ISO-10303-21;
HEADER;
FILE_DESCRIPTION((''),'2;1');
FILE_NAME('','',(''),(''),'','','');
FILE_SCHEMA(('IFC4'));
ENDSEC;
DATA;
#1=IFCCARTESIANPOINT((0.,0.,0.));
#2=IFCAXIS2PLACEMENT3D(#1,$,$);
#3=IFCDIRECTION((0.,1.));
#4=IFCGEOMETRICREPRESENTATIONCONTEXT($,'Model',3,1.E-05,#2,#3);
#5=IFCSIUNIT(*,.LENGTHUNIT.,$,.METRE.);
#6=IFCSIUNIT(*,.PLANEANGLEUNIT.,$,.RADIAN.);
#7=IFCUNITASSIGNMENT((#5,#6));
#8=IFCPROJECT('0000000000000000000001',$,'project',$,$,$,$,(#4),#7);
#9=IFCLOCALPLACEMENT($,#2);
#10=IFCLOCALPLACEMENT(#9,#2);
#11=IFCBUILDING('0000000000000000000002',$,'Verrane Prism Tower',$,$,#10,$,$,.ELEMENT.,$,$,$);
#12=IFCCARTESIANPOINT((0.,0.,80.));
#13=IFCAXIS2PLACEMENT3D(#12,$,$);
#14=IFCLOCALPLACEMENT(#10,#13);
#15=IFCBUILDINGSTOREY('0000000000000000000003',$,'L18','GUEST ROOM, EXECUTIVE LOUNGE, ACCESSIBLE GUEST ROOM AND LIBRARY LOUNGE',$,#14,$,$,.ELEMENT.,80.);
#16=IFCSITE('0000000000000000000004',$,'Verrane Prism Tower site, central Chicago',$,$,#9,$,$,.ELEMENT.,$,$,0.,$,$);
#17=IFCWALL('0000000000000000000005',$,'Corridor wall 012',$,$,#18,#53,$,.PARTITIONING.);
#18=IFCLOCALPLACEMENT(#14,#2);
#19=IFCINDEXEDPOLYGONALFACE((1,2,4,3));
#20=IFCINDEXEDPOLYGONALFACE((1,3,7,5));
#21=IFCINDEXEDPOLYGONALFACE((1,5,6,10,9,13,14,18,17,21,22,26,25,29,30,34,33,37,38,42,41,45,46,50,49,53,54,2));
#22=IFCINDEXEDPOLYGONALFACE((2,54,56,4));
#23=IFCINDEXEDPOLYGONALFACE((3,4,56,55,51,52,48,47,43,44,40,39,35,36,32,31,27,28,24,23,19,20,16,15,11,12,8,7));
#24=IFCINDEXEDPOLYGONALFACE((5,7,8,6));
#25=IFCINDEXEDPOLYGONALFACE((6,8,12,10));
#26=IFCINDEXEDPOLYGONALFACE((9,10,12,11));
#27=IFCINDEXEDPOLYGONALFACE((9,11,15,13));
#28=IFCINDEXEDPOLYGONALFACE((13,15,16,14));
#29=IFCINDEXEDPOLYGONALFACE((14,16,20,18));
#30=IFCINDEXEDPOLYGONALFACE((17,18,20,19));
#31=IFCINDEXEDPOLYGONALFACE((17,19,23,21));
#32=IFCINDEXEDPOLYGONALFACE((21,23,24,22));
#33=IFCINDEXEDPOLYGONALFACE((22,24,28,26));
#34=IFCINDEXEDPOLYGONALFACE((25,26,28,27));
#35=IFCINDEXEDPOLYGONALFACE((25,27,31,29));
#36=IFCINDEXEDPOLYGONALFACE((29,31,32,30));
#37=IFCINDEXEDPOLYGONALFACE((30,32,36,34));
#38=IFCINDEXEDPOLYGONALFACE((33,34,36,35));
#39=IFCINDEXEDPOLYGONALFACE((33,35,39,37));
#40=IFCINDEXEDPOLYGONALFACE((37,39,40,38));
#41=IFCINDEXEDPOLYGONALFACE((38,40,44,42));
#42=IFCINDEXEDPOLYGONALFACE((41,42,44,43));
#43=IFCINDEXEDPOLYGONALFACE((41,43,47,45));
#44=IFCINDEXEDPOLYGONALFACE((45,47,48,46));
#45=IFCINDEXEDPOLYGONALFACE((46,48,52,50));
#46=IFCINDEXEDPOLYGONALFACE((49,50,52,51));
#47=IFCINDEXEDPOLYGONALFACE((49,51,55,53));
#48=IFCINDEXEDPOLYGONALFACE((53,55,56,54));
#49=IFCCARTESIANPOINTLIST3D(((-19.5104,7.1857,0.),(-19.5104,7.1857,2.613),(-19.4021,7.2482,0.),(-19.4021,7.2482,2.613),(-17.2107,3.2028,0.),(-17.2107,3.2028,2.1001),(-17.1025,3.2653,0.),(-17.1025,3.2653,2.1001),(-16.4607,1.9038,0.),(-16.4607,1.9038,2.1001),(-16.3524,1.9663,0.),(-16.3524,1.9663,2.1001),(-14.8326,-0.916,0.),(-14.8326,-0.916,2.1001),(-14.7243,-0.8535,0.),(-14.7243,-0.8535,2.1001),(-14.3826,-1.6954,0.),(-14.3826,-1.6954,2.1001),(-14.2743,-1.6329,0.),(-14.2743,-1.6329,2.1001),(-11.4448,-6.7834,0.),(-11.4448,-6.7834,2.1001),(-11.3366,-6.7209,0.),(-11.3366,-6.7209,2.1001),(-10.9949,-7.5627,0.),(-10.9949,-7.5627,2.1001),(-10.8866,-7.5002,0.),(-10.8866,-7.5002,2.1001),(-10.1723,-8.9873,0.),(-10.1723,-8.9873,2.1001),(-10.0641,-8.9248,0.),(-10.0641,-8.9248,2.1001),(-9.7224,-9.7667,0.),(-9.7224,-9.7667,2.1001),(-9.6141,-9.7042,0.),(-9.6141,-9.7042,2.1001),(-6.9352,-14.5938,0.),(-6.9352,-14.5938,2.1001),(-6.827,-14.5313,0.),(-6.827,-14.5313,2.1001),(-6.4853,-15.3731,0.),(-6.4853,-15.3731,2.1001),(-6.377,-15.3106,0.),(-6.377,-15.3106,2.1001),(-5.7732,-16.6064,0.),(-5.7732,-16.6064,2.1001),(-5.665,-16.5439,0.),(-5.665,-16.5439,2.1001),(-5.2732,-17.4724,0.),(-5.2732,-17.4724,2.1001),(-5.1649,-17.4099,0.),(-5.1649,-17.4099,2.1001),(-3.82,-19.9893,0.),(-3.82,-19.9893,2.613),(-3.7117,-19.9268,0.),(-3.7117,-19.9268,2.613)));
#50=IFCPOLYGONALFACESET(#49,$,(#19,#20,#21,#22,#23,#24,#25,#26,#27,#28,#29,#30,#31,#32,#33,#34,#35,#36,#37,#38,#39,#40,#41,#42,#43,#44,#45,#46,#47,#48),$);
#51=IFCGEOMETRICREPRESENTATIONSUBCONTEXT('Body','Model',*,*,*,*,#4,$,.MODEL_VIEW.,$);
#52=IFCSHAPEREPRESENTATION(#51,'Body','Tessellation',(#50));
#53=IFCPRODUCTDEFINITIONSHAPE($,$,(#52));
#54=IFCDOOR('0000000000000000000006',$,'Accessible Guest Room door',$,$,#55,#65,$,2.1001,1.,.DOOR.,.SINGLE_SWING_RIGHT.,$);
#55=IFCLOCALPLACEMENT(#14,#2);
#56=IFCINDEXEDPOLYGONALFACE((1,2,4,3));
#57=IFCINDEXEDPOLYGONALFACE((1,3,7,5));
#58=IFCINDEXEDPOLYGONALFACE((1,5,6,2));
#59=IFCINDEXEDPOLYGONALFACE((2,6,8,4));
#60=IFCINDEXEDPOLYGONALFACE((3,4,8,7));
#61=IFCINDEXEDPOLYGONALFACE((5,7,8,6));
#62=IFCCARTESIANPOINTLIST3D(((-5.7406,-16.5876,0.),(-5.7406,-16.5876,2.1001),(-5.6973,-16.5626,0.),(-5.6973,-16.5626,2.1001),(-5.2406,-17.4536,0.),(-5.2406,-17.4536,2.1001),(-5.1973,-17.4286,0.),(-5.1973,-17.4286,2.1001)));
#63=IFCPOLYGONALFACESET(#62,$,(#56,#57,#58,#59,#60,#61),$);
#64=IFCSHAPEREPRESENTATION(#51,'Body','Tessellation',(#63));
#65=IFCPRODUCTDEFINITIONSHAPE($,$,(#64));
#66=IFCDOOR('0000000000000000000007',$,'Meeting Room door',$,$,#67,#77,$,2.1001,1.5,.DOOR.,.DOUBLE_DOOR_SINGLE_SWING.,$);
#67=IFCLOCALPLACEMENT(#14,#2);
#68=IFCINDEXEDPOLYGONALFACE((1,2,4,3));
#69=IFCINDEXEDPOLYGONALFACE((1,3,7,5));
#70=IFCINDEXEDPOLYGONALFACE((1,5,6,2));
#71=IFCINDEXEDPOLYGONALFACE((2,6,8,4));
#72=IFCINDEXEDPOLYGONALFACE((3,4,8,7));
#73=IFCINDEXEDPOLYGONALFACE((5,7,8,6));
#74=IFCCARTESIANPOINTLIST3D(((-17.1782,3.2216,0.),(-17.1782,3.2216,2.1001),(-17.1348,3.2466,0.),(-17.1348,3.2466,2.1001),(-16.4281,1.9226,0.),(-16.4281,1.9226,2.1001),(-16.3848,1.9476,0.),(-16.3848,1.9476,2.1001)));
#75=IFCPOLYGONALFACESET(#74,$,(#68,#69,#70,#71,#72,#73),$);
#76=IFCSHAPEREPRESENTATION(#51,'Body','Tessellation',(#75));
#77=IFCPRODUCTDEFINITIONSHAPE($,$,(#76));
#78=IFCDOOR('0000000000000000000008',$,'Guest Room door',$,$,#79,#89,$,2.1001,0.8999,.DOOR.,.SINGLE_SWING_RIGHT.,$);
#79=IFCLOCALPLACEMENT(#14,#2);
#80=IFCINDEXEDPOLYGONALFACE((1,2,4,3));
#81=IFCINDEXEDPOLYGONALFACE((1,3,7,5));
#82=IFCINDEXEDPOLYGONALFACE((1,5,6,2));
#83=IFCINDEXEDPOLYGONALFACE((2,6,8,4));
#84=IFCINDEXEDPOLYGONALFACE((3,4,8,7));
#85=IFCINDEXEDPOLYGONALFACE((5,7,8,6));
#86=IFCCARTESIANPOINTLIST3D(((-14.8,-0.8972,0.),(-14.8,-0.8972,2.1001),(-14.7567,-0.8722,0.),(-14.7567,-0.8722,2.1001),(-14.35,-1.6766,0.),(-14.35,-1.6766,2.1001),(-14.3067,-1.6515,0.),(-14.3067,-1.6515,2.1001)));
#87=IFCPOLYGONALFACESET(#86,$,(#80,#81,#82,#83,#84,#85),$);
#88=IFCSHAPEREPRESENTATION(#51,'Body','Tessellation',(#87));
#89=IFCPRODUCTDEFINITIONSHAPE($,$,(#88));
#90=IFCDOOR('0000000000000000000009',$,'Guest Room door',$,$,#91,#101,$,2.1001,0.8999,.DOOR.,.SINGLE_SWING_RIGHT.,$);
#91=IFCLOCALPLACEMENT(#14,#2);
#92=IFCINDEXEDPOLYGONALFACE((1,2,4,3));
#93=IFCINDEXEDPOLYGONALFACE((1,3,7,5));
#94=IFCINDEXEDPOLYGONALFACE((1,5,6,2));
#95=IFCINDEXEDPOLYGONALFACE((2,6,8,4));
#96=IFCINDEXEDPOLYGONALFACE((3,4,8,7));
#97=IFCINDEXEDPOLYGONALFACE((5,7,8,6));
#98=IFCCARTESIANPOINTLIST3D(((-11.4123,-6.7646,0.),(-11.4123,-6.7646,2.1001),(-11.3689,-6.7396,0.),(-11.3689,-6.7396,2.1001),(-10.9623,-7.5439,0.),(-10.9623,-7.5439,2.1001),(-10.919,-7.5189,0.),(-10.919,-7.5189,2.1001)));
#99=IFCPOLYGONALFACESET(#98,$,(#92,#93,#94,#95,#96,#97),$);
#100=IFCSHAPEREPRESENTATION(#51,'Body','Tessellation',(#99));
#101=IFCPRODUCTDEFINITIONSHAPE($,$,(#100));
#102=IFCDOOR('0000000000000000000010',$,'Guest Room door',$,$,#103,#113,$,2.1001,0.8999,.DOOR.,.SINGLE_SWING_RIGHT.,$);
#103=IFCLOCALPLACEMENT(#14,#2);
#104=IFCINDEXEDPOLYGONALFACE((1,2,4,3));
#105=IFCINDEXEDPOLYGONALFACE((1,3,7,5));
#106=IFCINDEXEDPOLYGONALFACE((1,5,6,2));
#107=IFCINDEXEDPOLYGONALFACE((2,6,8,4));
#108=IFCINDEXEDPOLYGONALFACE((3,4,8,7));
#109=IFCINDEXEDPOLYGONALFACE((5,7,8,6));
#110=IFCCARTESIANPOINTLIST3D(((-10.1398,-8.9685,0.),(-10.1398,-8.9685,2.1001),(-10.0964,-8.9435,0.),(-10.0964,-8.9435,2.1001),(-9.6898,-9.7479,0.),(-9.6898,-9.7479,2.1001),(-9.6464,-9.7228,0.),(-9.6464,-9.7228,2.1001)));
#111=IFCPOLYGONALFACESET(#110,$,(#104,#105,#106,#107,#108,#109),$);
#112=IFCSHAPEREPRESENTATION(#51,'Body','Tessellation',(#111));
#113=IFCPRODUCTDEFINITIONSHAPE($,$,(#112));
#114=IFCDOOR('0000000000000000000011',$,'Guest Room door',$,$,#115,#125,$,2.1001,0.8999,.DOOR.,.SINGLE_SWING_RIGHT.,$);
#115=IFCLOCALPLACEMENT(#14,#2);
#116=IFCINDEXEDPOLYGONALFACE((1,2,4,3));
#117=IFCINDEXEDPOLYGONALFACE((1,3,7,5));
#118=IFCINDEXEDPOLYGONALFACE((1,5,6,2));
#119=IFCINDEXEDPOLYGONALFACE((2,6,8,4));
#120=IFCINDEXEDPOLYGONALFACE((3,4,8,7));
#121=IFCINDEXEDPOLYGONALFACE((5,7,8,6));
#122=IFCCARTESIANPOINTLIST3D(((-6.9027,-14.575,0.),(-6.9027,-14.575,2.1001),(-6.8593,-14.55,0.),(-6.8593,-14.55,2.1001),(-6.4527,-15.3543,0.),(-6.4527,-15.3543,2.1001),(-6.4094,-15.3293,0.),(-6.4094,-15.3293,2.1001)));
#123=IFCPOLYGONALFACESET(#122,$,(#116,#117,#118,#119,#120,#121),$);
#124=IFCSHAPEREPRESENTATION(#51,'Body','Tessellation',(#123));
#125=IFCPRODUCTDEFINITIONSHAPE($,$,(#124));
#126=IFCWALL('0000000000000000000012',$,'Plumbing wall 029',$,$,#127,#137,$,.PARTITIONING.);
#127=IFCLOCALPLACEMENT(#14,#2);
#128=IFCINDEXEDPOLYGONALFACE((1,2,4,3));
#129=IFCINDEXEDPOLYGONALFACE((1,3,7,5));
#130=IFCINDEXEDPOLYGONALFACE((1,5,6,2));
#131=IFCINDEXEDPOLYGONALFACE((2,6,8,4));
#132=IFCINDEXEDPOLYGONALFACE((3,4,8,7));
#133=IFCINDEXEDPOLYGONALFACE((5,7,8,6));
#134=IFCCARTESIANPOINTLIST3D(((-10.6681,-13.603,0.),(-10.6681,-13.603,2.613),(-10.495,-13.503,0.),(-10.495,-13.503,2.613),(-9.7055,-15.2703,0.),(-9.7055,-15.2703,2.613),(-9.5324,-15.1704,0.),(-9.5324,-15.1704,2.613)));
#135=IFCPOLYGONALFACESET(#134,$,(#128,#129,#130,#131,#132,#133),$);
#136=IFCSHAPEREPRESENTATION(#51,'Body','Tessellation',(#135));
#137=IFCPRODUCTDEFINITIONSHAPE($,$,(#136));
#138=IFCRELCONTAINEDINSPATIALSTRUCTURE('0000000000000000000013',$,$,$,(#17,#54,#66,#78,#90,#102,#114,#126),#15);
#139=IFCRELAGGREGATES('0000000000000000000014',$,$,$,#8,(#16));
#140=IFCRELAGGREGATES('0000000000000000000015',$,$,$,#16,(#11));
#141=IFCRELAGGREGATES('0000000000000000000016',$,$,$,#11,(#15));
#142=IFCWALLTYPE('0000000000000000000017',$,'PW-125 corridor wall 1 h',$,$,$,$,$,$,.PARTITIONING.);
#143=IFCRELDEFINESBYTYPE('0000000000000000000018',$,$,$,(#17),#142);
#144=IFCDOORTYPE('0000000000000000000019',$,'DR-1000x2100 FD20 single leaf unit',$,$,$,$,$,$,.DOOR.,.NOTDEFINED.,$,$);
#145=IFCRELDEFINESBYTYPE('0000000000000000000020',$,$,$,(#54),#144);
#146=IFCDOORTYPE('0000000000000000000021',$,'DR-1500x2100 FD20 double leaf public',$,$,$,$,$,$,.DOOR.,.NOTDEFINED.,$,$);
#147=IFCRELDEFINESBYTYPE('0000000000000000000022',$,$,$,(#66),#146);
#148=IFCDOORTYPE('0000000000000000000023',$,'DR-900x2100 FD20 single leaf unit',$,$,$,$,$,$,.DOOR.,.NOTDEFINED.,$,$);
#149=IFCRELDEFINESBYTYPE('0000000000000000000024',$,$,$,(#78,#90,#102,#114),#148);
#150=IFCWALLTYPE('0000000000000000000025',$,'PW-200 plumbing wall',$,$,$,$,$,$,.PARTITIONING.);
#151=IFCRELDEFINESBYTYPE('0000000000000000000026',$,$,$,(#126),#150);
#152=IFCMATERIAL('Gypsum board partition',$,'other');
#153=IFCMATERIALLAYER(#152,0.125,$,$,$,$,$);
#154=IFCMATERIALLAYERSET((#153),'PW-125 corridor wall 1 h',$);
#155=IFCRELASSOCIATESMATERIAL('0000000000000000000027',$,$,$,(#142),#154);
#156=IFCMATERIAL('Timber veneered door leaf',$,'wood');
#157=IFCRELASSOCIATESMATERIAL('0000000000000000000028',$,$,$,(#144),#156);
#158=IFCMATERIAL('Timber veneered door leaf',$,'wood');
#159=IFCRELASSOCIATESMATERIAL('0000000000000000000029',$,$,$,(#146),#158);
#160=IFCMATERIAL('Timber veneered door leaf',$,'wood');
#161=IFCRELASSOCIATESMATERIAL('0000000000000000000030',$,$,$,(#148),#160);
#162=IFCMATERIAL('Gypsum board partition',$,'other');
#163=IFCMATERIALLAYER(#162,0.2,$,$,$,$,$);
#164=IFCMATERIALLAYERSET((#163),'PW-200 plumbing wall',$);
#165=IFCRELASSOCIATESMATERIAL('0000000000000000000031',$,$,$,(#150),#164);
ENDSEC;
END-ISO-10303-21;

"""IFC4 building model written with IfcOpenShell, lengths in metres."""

from ifc_helpers import new_model, si_unit, direction, frame, frame_2d, origin, place, context, subcontext, project, spatial, rectangle, extrude, material, layer, layer_set, type_object, element, fill, save


model = new_model("IFC4")

# Units and contexts
model_context = context("Model", 3, precision=1e-05, world=origin(), true_north=direction((0.0, 1.0)))
body_context = subcontext(model_context, "Body", "Model", "MODEL_VIEW")
ifc_project = project(units=[si_unit("LENGTHUNIT", "METRE"), si_unit("PLANEANGLEUNIT", "RADIAN")], contexts=[model_context])

# Site, building, storey
site_placement = place(None, origin())
site = spatial("IfcSite", under=ifc_project, at=site_placement, Name="Verrane Prism Tower site, central Chicago", CompositionType="ELEMENT", RefElevation=0.0)
building_placement = place(site_placement, origin())
building = spatial("IfcBuilding", under=site, at=building_placement, Name="Verrane Prism Tower", CompositionType="ELEMENT")
storey_placement = place(building_placement, frame((0.0, 0.0, 80.0)))
storey = spatial("IfcBuildingStorey", under=building, at=storey_placement, Name="L18", Description="GUEST ROOM, EXECUTIVE LOUNGE, ACCESSIBLE GUEST ROOM AND LIBRARY LOUNGE", CompositionType="ELEMENT", Elevation=80.0)

# Wall, openings, doors
ifc_material_1 = material(Name="Gypsum board partition", Category="other")
ifc_layer_1 = layer(ifc_material_1, 0.125)
ifc_layer_set_1 = layer_set([ifc_layer_1], Name="PW-125 corridor wall 1 h")
wall_type_1 = type_object("IfcWallType", Name="PW-125 corridor wall 1 h", PredefinedType="PARTITIONING", material=ifc_layer_set_1)
wall_1_placement = place(storey_placement, frame((-3.7659, -19.958, 0.0), z_axis=(0.0, 0.0, 1.0), x_axis=(-0.500022, 0.866013, 0.0)))
wall_1 = element("IfcWall", 1, at=wall_1_placement, inside=storey, type_object=wall_type_1, Name="Corridor wall 012", PredefinedType="PARTITIONING", context=body_context, shape_type="SweptSolid", body=[
    extrude(rectangle(XDim=31.3794, YDim=0.125, at=frame_2d((15.6897, 0.0))), origin(), (0.0, 0.0, 1.0), 2.613),
])
opening_1_placement = place(wall_1_placement, frame((25.2803, 0.0, 0.0)))
opening_1 = element("IfcOpeningElement", 2, at=opening_1_placement, cuts=wall_1, PredefinedType="OPENING", context=body_context, shape_type="SweptSolid", body=[
    extrude(rectangle(XDim=1.5, YDim=2.1001, at=frame_2d((0.75, 1.05))), frame((0.0, 0.0725, 0.0), z_axis=(0.0, -1.0, 0.0), x_axis=(1.0, 0.0, 0.0)), (0.0, 0.0, 1.0), 0.145),
])
opening_2_placement = place(wall_1_placement, frame((21.1243, 0.0, 0.0)))
opening_2 = element("IfcOpeningElement", 3, at=opening_2_placement, cuts=wall_1, PredefinedType="OPENING", context=body_context, shape_type="SweptSolid", body=[
    extrude(rectangle(XDim=0.8999, YDim=2.1001, at=frame_2d((0.45, 1.05))), frame((0.0, 0.0725, 0.0), z_axis=(0.0, -1.0, 0.0), x_axis=(1.0, 0.0, 0.0)), (0.0, 0.0, 1.0), 0.145),
])
opening_3_placement = place(wall_1_placement, frame((14.3491, 0.0, 0.0)))
opening_3 = element("IfcOpeningElement", 4, at=opening_3_placement, cuts=wall_1, PredefinedType="OPENING", context=body_context, shape_type="SweptSolid", body=[
    extrude(rectangle(XDim=0.8999, YDim=2.1001, at=frame_2d((0.45, 1.05))), frame((0.0, 0.0725, 0.0), z_axis=(0.0, -1.0, 0.0), x_axis=(1.0, 0.0, 0.0)), (0.0, 0.0, 1.0), 0.145),
])
opening_4_placement = place(wall_1_placement, frame((11.8042, 0.0, 0.0)))
opening_4 = element("IfcOpeningElement", 5, at=opening_4_placement, cuts=wall_1, PredefinedType="OPENING", context=body_context, shape_type="SweptSolid", body=[
    extrude(rectangle(XDim=0.8999, YDim=2.1001, at=frame_2d((0.45, 1.05))), frame((0.0, 0.0725, 0.0), z_axis=(0.0, -1.0, 0.0), x_axis=(1.0, 0.0, 0.0)), (0.0, 0.0, 1.0), 0.145),
])
opening_5_placement = place(wall_1_placement, frame((5.3303, 0.0, 0.0)))
opening_5 = element("IfcOpeningElement", 6, at=opening_5_placement, cuts=wall_1, PredefinedType="OPENING", context=body_context, shape_type="SweptSolid", body=[
    extrude(rectangle(XDim=0.8999, YDim=2.1001, at=frame_2d((0.45, 1.05))), frame((0.0, 0.0725, 0.0), z_axis=(0.0, -1.0, 0.0), x_axis=(1.0, 0.0, 0.0)), (0.0, 0.0, 1.0), 0.145),
])
opening_6_placement = place(wall_1_placement, frame((2.9062, 0.0, 0.0)))
opening_6 = element("IfcOpeningElement", 7, at=opening_6_placement, cuts=wall_1, PredefinedType="OPENING", context=body_context, shape_type="SweptSolid", body=[
    extrude(rectangle(XDim=1.0, YDim=2.1001, at=frame_2d((0.5, 1.05))), frame((0.0, 0.0725, 0.0), z_axis=(0.0, -1.0, 0.0), x_axis=(1.0, 0.0, 0.0)), (0.0, 0.0, 1.0), 0.145),
])
ifc_material_2 = material(Name="Timber veneered door leaf", Category="wood")
door_type_1 = type_object("IfcDoorType", Name="DR-1000x2100 FD20 single leaf unit", OperationType="NOTDEFINED", PredefinedType="DOOR", material=ifc_material_2)
door_1_placement = place(opening_6_placement, origin())
door_1 = element("IfcDoor", 8, at=door_1_placement, inside=storey, type_object=door_type_1, Name="Accessible Guest Room door", OperationType="SINGLE_SWING_RIGHT", OverallHeight=2.1001, OverallWidth=1.0, PredefinedType="DOOR", context=body_context, shape_type="SweptSolid", body=[
    extrude(rectangle(XDim=1.0, YDim=2.1001, at=frame_2d((0.5, 1.05))), frame((0.0, 0.0249, 0.0), z_axis=(0.0, -1.0, 0.0), x_axis=(1.0, 0.0, 0.0)), (0.0, 0.0, 1.0), 0.05),
])
fill(opening_6, door_1)
ifc_material_3 = material(Name="Timber veneered door leaf", Category="wood")
door_type_2 = type_object("IfcDoorType", Name="DR-1500x2100 FD20 double leaf public", OperationType="NOTDEFINED", PredefinedType="DOOR", material=ifc_material_3)
door_2_placement = place(opening_1_placement, origin())
door_2 = element("IfcDoor", 9, at=door_2_placement, inside=storey, type_object=door_type_2, Name="Meeting Room door", OperationType="DOUBLE_DOOR_SINGLE_SWING", OverallHeight=2.1001, OverallWidth=1.5, PredefinedType="DOOR", context=body_context, shape_type="SweptSolid", body=[
    extrude(rectangle(XDim=1.5, YDim=2.1001, at=frame_2d((0.75, 1.05))), frame((0.0, 0.0249, 0.0), z_axis=(0.0, -1.0, 0.0), x_axis=(1.0, 0.0, 0.0)), (0.0, 0.0, 1.0), 0.05),
])
fill(opening_1, door_2)
ifc_material_4 = material(Name="Timber veneered door leaf", Category="wood")
door_type_3 = type_object("IfcDoorType", Name="DR-900x2100 FD20 single leaf unit", OperationType="NOTDEFINED", PredefinedType="DOOR", material=ifc_material_4)
door_3_placement = place(opening_2_placement, origin())
door_3 = element("IfcDoor", 10, at=door_3_placement, inside=storey, type_object=door_type_3, Name="Guest Room door", OperationType="SINGLE_SWING_RIGHT", OverallHeight=2.1001, OverallWidth=0.8999, PredefinedType="DOOR", context=body_context, shape_type="SweptSolid", body=[
    extrude(rectangle(XDim=0.8999, YDim=2.1001, at=frame_2d((0.45, 1.05))), frame((0.0, 0.0249, 0.0), z_axis=(0.0, -1.0, 0.0), x_axis=(1.0, 0.0, 0.0)), (0.0, 0.0, 1.0), 0.05),
])
fill(opening_2, door_3)
door_4_placement = place(opening_3_placement, origin())
door_4 = element("IfcDoor", 11, at=door_4_placement, inside=storey, type_object=door_type_3, Name="Guest Room door", OperationType="SINGLE_SWING_RIGHT", OverallHeight=2.1001, OverallWidth=0.8999, PredefinedType="DOOR", context=body_context, shape_type="SweptSolid", body=[
    extrude(rectangle(XDim=0.8999, YDim=2.1001, at=frame_2d((0.45, 1.05))), frame((0.0, 0.0249, 0.0), z_axis=(0.0, -1.0, 0.0), x_axis=(1.0, 0.0, 0.0)), (0.0, 0.0, 1.0), 0.05),
])
fill(opening_3, door_4)
door_5_placement = place(opening_4_placement, origin())
door_5 = element("IfcDoor", 12, at=door_5_placement, inside=storey, type_object=door_type_3, Name="Guest Room door", OperationType="SINGLE_SWING_RIGHT", OverallHeight=2.1001, OverallWidth=0.8999, PredefinedType="DOOR", context=body_context, shape_type="SweptSolid", body=[
    extrude(rectangle(XDim=0.8999, YDim=2.1001, at=frame_2d((0.45, 1.05))), frame((0.0, 0.0249, 0.0), z_axis=(0.0, -1.0, 0.0), x_axis=(1.0, 0.0, 0.0)), (0.0, 0.0, 1.0), 0.05),
])
fill(opening_4, door_5)
door_6_placement = place(opening_5_placement, origin())
door_6 = element("IfcDoor", 13, at=door_6_placement, inside=storey, type_object=door_type_3, Name="Guest Room door", OperationType="SINGLE_SWING_RIGHT", OverallHeight=2.1001, OverallWidth=0.8999, PredefinedType="DOOR", context=body_context, shape_type="SweptSolid", body=[
    extrude(rectangle(XDim=0.8999, YDim=2.1001, at=frame_2d((0.45, 1.05))), frame((0.0, 0.0249, 0.0), z_axis=(0.0, -1.0, 0.0), x_axis=(1.0, 0.0, 0.0)), (0.0, 0.0, 1.0), 0.05),
])
fill(opening_5, door_6)

# Wall
ifc_material_5 = material(Name="Gypsum board partition", Category="other")
ifc_layer_2 = layer(ifc_material_5, 0.2)
ifc_layer_set_2 = layer_set([ifc_layer_2], Name="PW-200 plumbing wall")
wall_type_2 = type_object("IfcWallType", Name="PW-200 plumbing wall", PredefinedType="PARTITIONING", material=ifc_layer_set_2)
wall_2_placement = place(storey_placement, frame((-10.5815, -13.553, 0.0), z_axis=(0.0, 0.0, 1.0), x_axis=(0.499971, -0.866042, 0.0)))
element("IfcWall", 14, at=wall_2_placement, inside=storey, type_object=wall_type_2, Name="Plumbing wall 029", PredefinedType="PARTITIONING", context=body_context, shape_type="SweptSolid", body=[
    extrude(rectangle(XDim=1.9253, YDim=0.2, at=frame_2d((0.9626, 0.0))), origin(), (0.0, 0.0, 1.0), 2.613),
])

save(model, "model.ifc")
